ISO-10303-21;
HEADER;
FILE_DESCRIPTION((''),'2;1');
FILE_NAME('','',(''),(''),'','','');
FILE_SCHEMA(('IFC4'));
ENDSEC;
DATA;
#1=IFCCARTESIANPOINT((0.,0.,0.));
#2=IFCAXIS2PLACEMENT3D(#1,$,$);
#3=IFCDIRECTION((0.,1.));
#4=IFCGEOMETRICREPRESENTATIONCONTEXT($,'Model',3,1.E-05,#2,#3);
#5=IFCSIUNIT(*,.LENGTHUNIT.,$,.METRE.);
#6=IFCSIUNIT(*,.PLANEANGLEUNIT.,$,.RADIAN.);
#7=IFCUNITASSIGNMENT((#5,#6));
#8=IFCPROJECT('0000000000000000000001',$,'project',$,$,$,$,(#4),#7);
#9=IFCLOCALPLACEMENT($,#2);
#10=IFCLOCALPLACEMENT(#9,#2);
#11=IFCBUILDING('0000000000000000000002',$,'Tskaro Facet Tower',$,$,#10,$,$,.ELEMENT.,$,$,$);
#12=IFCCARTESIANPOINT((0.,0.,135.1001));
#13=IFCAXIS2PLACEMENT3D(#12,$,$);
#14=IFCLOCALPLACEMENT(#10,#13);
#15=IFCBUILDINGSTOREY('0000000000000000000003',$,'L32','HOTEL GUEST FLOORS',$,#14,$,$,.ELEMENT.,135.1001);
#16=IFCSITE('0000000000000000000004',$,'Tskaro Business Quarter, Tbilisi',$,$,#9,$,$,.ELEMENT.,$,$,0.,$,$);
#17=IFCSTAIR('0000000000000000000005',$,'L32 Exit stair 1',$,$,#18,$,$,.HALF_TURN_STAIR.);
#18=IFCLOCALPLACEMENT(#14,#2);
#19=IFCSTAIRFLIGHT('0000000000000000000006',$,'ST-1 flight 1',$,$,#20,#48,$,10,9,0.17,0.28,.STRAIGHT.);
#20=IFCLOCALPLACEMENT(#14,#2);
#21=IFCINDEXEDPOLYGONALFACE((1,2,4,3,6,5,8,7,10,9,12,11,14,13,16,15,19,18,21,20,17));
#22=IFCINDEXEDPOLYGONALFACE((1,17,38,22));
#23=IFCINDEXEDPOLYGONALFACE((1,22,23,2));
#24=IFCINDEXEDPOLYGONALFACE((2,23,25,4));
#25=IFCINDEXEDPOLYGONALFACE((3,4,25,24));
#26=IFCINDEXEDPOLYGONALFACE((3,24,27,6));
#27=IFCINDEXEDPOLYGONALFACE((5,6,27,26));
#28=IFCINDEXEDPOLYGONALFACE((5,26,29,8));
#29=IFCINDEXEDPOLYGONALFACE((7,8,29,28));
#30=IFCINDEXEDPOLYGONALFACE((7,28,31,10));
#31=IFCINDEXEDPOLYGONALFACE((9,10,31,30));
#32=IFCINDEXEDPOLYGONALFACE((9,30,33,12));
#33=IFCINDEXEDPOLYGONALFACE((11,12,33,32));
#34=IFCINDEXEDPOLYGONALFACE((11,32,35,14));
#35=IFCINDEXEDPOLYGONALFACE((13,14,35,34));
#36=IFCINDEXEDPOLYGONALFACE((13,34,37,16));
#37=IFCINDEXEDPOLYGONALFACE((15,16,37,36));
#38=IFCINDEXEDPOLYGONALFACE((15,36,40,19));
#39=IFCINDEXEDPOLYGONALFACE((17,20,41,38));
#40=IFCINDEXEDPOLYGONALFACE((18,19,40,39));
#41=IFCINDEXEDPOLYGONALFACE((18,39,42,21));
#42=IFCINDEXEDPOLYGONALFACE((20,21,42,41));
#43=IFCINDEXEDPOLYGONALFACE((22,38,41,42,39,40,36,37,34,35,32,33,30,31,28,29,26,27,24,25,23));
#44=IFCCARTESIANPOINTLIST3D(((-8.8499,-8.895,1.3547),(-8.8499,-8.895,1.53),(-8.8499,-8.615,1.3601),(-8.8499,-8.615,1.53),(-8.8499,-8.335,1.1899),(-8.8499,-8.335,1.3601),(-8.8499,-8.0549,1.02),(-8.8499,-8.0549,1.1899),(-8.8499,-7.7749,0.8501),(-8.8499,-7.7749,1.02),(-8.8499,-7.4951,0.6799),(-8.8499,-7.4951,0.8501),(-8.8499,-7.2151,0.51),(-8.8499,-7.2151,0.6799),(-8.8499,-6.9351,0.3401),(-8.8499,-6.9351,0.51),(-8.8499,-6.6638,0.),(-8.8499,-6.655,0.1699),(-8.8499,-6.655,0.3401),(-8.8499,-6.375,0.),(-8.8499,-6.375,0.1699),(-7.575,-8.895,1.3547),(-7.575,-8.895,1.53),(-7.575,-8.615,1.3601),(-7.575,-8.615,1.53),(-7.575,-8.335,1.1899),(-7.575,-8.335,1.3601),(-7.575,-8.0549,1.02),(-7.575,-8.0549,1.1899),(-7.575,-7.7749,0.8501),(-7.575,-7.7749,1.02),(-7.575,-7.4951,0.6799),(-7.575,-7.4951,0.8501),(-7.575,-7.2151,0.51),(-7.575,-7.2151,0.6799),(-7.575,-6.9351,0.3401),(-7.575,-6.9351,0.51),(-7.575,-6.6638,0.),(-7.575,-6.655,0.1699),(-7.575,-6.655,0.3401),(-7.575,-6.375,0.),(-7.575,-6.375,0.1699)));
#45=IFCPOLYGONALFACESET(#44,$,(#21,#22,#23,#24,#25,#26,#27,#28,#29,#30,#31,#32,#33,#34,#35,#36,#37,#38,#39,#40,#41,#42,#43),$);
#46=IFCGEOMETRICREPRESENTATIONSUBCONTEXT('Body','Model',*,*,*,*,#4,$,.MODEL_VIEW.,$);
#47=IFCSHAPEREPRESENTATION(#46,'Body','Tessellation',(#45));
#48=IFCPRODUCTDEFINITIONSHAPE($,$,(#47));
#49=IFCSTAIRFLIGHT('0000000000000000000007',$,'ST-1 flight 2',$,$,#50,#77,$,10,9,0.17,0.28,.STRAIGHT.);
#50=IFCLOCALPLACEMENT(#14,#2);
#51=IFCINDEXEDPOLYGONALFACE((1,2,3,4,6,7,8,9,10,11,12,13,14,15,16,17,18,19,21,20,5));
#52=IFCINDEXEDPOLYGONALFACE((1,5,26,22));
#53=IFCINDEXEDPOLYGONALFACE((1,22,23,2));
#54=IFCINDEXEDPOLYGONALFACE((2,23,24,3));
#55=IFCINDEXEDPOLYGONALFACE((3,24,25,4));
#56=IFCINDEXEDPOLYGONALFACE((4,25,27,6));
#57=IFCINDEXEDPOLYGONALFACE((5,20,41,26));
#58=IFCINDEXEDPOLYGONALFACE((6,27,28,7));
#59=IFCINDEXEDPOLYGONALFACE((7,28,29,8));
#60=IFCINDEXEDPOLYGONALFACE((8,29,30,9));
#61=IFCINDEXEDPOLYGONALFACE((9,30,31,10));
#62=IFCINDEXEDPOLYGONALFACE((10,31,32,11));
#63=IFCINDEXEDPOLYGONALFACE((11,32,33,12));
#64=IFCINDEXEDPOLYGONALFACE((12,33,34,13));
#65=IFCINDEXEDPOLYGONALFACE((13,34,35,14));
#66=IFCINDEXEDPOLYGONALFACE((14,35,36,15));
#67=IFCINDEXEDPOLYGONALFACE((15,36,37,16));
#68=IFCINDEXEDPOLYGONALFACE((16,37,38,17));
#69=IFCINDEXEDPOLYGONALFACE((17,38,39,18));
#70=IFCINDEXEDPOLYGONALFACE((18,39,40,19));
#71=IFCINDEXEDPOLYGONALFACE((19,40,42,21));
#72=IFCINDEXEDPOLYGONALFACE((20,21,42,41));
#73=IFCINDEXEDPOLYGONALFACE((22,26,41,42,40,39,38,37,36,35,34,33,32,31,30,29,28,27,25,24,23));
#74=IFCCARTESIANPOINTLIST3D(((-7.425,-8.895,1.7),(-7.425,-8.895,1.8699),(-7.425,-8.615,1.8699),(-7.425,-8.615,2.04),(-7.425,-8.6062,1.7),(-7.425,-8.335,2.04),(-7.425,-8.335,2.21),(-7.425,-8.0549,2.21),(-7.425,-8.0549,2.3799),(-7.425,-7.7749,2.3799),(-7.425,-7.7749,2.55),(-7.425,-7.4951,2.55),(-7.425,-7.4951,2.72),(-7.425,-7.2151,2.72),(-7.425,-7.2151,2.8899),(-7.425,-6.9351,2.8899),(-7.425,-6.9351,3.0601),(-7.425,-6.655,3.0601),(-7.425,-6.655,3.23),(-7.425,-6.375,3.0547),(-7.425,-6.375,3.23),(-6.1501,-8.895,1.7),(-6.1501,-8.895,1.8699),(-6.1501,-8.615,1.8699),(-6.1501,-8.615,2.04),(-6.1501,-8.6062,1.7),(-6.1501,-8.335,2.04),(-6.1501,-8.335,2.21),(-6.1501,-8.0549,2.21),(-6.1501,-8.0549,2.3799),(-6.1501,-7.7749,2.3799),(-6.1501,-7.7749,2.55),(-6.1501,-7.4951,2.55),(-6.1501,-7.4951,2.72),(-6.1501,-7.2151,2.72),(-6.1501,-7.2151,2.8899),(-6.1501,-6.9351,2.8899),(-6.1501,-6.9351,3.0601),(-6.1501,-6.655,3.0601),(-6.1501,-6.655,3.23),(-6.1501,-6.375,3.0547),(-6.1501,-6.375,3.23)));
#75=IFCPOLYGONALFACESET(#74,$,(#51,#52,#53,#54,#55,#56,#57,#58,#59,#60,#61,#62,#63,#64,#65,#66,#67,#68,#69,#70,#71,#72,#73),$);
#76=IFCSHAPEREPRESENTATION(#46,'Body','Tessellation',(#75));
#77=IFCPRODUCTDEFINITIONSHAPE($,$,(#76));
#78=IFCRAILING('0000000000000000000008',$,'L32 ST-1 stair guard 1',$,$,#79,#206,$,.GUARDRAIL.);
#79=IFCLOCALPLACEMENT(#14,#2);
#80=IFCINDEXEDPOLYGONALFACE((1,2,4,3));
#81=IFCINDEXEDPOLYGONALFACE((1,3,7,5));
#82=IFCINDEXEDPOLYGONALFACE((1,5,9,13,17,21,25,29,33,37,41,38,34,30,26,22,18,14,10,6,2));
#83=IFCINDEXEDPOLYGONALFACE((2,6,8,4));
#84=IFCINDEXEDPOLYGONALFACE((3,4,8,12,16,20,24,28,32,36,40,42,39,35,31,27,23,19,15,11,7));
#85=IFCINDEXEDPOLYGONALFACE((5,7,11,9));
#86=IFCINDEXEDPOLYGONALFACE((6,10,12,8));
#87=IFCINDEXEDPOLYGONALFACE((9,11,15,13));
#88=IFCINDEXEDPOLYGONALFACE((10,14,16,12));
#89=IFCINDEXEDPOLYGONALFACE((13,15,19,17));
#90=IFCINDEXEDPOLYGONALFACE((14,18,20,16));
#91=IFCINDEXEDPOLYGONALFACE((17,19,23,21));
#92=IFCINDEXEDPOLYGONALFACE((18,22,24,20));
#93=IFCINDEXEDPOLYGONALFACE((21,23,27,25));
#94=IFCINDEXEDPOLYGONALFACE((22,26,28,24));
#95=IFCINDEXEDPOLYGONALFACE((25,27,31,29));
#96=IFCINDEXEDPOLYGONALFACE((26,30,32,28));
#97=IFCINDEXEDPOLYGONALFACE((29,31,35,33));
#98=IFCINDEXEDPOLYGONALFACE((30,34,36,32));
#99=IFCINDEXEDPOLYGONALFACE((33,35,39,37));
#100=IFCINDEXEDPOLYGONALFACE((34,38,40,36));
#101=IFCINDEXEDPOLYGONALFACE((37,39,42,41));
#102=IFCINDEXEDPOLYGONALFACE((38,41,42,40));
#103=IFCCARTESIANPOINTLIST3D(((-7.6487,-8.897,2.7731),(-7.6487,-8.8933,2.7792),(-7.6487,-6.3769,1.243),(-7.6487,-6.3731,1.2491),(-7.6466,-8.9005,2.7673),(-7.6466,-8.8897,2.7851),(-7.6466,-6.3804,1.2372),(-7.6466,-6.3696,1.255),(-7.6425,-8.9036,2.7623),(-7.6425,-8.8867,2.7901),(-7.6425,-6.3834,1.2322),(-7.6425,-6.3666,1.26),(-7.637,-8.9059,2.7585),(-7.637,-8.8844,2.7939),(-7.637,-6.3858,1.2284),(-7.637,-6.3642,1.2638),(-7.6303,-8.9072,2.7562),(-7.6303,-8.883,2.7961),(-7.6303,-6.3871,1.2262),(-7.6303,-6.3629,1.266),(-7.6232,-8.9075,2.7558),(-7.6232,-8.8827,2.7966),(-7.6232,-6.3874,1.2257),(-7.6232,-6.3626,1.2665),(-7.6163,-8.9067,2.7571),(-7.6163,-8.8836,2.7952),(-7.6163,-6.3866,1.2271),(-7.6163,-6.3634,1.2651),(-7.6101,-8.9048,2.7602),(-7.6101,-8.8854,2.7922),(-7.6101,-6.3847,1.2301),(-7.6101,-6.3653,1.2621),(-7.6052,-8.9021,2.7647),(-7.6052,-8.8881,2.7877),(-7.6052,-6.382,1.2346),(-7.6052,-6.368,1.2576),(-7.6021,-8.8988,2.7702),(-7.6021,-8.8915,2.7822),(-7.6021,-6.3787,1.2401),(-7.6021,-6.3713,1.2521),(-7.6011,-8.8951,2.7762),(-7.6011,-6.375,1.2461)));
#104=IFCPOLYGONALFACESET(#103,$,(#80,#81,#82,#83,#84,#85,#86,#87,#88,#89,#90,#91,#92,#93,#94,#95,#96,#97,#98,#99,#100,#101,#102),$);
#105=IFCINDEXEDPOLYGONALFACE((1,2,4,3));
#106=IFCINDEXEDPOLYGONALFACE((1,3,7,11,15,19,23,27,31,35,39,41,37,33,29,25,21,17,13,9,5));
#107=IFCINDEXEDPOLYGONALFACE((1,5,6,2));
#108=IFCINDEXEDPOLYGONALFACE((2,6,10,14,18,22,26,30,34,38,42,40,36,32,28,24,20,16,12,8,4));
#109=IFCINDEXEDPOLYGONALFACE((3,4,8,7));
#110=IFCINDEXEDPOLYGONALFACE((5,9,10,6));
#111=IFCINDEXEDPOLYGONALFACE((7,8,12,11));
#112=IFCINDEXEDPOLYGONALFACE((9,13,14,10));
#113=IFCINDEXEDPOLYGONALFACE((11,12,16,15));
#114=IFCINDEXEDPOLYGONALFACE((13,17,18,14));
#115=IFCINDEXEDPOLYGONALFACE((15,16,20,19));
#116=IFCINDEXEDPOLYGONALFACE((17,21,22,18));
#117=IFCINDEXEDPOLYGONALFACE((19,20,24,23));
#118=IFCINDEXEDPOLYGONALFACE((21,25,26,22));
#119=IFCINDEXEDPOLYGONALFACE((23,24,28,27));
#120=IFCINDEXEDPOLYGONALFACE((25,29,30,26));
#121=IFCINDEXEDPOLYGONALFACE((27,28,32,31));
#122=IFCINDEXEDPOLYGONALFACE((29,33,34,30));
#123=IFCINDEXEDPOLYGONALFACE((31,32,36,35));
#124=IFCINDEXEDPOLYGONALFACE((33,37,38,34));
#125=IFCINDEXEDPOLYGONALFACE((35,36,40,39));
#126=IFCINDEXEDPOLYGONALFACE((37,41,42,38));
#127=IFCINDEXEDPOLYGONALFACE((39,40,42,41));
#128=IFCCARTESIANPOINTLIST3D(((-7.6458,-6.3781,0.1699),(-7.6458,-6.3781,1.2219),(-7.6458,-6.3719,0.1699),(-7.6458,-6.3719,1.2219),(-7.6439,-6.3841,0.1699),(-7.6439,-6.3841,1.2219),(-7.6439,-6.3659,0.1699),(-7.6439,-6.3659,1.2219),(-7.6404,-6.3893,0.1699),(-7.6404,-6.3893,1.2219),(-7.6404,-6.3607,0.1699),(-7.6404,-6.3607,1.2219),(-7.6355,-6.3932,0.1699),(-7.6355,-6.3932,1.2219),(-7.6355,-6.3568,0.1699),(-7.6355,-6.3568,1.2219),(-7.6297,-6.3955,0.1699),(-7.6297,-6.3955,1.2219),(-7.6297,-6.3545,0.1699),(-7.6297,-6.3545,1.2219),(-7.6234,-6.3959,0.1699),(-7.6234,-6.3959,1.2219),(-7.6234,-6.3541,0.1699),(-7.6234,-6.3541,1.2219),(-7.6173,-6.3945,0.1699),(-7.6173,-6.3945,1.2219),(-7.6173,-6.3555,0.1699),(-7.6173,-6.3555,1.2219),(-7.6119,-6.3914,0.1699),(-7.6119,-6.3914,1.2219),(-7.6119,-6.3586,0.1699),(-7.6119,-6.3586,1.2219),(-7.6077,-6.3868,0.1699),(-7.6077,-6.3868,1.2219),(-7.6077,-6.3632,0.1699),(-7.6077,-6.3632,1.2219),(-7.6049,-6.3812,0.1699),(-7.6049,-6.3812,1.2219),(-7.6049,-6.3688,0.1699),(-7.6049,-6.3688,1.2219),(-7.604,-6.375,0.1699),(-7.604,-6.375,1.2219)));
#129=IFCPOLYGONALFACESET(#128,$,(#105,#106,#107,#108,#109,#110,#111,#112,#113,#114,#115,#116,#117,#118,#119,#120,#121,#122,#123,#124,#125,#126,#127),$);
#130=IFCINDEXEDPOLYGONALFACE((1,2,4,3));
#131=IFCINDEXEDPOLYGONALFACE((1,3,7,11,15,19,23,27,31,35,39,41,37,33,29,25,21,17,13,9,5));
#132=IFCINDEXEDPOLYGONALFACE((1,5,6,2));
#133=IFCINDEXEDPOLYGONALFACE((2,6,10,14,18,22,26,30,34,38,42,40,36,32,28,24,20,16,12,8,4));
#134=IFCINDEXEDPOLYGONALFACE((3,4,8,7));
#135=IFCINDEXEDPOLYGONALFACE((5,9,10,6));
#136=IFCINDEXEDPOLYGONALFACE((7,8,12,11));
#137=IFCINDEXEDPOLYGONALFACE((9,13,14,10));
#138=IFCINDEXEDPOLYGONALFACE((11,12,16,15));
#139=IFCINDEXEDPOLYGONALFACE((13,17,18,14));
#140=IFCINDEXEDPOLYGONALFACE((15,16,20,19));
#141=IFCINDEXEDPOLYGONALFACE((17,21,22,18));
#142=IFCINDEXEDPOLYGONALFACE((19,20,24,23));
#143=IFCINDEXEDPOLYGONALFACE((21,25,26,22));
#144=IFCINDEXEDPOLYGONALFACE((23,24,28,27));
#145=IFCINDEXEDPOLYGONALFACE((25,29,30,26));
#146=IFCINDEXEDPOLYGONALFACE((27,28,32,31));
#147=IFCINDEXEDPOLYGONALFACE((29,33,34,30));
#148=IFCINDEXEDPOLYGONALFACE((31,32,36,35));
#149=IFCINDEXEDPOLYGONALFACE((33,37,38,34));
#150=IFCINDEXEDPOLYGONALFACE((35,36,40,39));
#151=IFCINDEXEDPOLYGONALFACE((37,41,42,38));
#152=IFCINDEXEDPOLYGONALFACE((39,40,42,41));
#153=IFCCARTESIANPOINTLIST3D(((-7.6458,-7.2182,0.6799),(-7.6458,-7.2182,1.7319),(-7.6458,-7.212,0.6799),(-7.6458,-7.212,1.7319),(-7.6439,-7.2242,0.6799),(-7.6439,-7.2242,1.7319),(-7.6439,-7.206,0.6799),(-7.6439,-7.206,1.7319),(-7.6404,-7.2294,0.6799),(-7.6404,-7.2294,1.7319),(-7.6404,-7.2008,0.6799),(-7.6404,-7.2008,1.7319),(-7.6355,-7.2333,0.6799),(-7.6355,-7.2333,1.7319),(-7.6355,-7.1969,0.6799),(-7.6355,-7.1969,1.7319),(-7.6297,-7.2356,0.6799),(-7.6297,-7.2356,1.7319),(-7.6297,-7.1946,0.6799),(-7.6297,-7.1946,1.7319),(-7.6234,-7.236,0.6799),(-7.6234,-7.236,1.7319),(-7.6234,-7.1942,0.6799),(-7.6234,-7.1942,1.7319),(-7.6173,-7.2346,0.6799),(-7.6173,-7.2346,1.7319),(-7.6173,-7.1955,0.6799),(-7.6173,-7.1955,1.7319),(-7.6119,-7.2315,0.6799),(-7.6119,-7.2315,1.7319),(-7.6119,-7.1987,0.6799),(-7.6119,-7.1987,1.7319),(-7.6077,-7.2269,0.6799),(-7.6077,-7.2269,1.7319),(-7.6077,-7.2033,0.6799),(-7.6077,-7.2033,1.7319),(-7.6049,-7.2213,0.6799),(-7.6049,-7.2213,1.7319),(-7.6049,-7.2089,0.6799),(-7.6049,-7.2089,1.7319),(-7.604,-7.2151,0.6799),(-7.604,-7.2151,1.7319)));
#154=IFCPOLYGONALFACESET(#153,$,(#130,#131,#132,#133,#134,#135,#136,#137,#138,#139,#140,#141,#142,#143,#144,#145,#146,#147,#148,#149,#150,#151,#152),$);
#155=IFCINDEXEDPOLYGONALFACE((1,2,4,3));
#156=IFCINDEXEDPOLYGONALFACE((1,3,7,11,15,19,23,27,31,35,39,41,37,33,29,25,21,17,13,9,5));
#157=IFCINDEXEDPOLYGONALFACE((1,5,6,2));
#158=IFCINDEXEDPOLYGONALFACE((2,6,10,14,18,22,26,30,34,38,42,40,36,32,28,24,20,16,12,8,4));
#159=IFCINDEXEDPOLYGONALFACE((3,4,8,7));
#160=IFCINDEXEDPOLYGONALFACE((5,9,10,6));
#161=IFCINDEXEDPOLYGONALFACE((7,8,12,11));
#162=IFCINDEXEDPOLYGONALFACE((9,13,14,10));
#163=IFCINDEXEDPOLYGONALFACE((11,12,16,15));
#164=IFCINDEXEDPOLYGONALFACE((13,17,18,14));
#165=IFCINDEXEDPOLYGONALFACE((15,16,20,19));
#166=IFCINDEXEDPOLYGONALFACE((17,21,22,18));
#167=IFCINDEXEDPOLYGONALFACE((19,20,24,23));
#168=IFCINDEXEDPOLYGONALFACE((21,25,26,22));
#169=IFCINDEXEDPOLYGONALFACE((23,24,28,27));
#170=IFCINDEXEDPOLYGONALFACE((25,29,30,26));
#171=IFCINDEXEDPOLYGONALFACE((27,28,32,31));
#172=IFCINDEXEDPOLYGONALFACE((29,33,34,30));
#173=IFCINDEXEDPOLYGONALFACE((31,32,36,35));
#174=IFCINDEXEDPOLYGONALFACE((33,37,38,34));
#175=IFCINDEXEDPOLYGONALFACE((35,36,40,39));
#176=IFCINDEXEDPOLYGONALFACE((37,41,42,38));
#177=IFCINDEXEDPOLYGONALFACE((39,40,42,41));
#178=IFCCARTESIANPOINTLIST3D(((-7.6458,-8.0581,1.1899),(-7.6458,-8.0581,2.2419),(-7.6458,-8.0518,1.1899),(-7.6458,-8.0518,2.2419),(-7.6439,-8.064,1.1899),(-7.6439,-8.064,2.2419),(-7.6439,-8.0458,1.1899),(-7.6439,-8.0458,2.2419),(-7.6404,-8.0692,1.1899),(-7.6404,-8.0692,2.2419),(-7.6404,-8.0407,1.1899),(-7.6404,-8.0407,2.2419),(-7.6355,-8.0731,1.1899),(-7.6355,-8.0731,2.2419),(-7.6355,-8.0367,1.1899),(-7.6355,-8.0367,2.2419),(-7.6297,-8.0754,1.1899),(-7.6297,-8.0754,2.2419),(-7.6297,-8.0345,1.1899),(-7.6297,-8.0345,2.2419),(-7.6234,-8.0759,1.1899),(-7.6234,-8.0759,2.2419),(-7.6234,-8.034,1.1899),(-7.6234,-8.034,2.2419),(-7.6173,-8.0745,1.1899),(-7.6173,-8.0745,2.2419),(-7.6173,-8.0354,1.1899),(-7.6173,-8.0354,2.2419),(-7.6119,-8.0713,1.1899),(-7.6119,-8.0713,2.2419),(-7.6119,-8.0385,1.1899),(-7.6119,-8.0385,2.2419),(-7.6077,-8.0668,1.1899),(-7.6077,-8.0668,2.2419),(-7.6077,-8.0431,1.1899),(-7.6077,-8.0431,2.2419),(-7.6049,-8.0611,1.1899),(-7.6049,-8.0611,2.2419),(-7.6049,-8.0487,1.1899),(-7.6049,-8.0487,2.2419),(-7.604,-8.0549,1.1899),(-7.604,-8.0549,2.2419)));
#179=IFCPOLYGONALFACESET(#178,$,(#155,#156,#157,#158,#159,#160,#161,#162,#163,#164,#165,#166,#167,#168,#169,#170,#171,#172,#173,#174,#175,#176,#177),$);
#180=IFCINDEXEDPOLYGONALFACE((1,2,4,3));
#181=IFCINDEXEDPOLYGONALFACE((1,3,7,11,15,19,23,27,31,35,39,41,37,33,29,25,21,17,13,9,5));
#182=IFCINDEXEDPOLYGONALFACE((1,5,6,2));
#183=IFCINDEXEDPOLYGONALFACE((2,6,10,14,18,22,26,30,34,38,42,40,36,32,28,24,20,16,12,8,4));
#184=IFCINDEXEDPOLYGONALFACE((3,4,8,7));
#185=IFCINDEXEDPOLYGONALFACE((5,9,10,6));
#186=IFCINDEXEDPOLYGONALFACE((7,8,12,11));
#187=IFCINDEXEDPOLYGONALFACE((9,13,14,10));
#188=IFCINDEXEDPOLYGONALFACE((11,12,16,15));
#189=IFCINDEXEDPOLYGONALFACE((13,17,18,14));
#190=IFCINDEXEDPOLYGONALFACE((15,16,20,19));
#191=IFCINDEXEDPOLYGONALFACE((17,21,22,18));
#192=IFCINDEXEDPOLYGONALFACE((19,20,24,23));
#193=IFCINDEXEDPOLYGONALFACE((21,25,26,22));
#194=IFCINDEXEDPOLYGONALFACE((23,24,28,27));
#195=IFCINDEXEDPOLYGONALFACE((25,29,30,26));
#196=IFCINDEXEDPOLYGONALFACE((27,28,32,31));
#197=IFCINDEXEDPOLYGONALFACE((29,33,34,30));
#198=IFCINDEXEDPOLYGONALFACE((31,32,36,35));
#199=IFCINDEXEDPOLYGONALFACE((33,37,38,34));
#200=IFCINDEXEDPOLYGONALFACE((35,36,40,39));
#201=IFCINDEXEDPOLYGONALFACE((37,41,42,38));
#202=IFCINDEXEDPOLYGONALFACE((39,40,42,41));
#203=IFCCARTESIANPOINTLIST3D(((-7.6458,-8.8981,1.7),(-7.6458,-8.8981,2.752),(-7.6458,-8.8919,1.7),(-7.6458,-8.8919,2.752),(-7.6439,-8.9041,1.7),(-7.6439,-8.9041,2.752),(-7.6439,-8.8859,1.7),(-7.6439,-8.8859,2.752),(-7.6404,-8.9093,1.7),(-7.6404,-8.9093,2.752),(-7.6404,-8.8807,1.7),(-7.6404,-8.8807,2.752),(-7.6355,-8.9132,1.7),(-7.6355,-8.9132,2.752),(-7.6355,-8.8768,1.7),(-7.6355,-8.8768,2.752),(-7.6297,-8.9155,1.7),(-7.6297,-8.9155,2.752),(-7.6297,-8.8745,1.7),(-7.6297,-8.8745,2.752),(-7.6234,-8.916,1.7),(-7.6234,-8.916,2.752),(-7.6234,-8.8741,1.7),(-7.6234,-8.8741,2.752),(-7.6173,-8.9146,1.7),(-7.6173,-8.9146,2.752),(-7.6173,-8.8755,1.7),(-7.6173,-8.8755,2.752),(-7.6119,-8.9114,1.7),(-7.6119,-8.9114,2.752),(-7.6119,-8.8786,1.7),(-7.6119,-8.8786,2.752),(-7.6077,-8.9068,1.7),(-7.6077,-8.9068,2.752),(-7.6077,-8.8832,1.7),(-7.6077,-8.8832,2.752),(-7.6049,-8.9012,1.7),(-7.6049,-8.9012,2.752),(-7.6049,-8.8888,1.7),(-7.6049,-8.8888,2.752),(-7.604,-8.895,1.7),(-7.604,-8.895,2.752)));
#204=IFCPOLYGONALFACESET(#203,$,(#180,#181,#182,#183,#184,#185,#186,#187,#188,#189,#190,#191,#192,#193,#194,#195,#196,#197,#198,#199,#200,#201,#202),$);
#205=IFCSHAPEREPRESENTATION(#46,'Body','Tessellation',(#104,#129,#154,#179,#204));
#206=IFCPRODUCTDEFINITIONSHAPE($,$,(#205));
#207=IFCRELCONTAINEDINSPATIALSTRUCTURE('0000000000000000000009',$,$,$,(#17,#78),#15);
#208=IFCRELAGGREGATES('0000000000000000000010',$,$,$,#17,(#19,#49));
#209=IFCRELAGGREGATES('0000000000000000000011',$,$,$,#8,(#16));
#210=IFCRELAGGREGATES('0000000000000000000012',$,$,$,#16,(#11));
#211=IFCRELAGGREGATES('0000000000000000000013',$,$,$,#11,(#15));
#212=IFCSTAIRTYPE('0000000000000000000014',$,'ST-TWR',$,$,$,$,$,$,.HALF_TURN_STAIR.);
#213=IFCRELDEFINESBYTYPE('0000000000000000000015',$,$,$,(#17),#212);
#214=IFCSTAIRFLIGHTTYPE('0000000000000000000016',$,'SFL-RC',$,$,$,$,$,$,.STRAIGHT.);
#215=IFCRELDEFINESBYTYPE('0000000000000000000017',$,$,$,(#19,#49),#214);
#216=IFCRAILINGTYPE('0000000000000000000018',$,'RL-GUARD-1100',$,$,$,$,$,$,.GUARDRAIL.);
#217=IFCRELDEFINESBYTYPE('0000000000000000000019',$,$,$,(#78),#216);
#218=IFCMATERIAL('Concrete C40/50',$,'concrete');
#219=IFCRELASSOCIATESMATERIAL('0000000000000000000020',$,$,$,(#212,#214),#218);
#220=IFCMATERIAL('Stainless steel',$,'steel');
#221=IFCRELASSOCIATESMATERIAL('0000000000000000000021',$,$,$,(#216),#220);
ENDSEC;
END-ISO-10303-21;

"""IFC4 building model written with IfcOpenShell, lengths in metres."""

from ifc_helpers import new_model, si_unit, direction, frame, origin, origin_2d, place, context, subcontext, project, spatial, polyline, circle, outline, extrude, material, type_object, element, aggregate, save


model = new_model("IFC4")

# Units and contexts
model_context = context("Model", 3, precision=1e-05, world=origin(), true_north=direction((0.0, 1.0)))
body_context = subcontext(model_context, "Body", "Model", "MODEL_VIEW")
ifc_project = project(units=[si_unit("LENGTHUNIT", "METRE"), si_unit("PLANEANGLEUNIT", "RADIAN")], contexts=[model_context])

# Site, building, storey
site_placement = place(None, origin())
site = spatial("IfcSite", under=ifc_project, at=site_placement, Name="Tskaro Business Quarter, Tbilisi", CompositionType="ELEMENT", RefElevation=0.0)
building_placement = place(site_placement, origin())
building = spatial("IfcBuilding", under=site, at=building_placement, Name="Tskaro Facet Tower", CompositionType="ELEMENT")
storey_placement = place(building_placement, frame((0.0, 0.0, 135.1001)))
storey = spatial("IfcBuildingStorey", under=building, at=storey_placement, Name="L32", Description="HOTEL GUEST FLOORS", CompositionType="ELEMENT", Elevation=135.1001)

# Stair
ifc_material_1 = material(Name="Concrete C40/50", Category="concrete")
stair_type = type_object("IfcStairType", Name="ST-TWR", PredefinedType="HALF_TURN_STAIR", material=ifc_material_1)
stair_1_placement = place(storey_placement, origin())
stair_1 = element("IfcStair", 1, at=stair_1_placement, inside=storey, type_object=stair_type, Name="L32 Exit stair 1", PredefinedType="HALF_TURN_STAIR")

# Shared definitions
ifc_material_2 = material(Name="Stainless steel", Category="steel")

# Stair flights
stair_flight_type = type_object("IfcStairFlightType", Name="SFL-RC", PredefinedType="STRAIGHT", material=ifc_material_1)
stair_flight_1_placement = place(storey_placement, frame((-8.2124, -6.375, 0.0), z_axis=(0.0, 0.0, 1.0), x_axis=(0.0, -1.0, 0.0)))
stair_flight_1 = element("IfcStairFlight", 2, at=stair_flight_1_placement, type_object=stair_flight_type, Name="ST-1 flight 1", NumberOfRisers=10, NumberOfTreads=9, PredefinedType="STRAIGHT", RiserHeight=0.17, TreadLength=0.28, context=body_context, shape_type="SweptSolid", body=[
    extrude(outline(polyline([(0.0, 0.0), (0.0, 0.1699), (0.28, 0.1699), (0.28, 0.3401), (0.5601, 0.3401), (0.5601, 0.51), (0.8401, 0.51), (0.8401, 0.6799), (1.1201, 0.6799), (1.1201, 0.8501), (1.3999, 0.8501), (1.3999, 1.02), (1.6799, 1.02), (1.6799, 1.1899), (1.96, 1.1899), (1.96, 1.3601), (2.24, 1.3601), (2.24, 1.53), (2.52, 1.53), (2.52, 1.7), (2.52, 1.3547), (0.2888, 0.0), (0.0, 0.0)])), frame((0.0, 0.6375, 0.0), z_axis=(0.0, -1.0, 0.0), x_axis=(1.0, 0.0, 0.0)), (0.0, 0.0, 1.0), 1.2749),
])
stair_flight_2_placement = place(storey_placement, frame((-6.7876, -8.895, 1.7), z_axis=(0.0, 0.0, 1.0), x_axis=(0.0, 1.0, 0.0)))
stair_flight_2 = element("IfcStairFlight", 3, at=stair_flight_2_placement, type_object=stair_flight_type, Name="ST-1 flight 2", NumberOfRisers=10, NumberOfTreads=9, PredefinedType="STRAIGHT", RiserHeight=0.17, TreadLength=0.28, context=body_context, shape_type="SweptSolid", body=[
    extrude(outline(polyline([(0.0, 0.0), (0.0, 0.1699), (0.28, 0.1699), (0.28, 0.3401), (0.5601, 0.3401), (0.5601, 0.51), (0.8401, 0.51), (0.8401, 0.6799), (1.1201, 0.6799), (1.1201, 0.8501), (1.3999, 0.8501), (1.3999, 1.02), (1.6799, 1.02), (1.6799, 1.1899), (1.96, 1.1899), (1.96, 1.3601), (2.24, 1.3601), (2.24, 1.53), (2.52, 1.53), (2.52, 1.7), (2.52, 1.3547), (0.2888, 0.0), (0.0, 0.0)])), frame((0.0, 0.6375, 0.0), z_axis=(0.0, -1.0, 0.0), x_axis=(1.0, 0.0, 0.0)), (0.0, 0.0, 1.0), 1.2749),
])
aggregate(stair_1, [stair_flight_1, stair_flight_2])

# Railing
railing_type_1 = type_object("IfcRailingType", Name="RL-GUARD-1100", PredefinedType="GUARDRAIL", material=ifc_material_2)
railing_1_placement = place(storey_placement, frame((-7.625, -6.375, 0.1699)))
element("IfcRailing", 4, at=railing_1_placement, inside=storey, type_object=railing_type_1, Name="L32 ST-1 stair guard 1", PredefinedType="GUARDRAIL", context=body_context, shape_type="SweptSolid", body=[
    extrude(circle(Radius=0.0239, at=origin_2d()), frame((0.0, 0.0, 1.0762), z_axis=(0.0, -0.854785, 0.518982), x_axis=(1.0, 0.0, 0.0)), (0.0, 0.0, 1.0), 2.9482),
    extrude(circle(Radius=0.021, at=origin_2d()), origin(), (0.0, 0.0, 1.0), 1.052),
    extrude(circle(Radius=0.021, at=origin_2d()), frame((0.0, -0.8401, 0.51)), (0.0, 0.0, 1.0), 1.052),
    extrude(circle(Radius=0.021, at=origin_2d()), frame((0.0, -1.6799, 1.02)), (0.0, 0.0, 1.0), 1.052),
    extrude(circle(Radius=0.021, at=origin_2d()), frame((0.0, -2.52, 1.53)), (0.0, 0.0, 1.0), 1.052),
])

save(model, "model.ifc")
